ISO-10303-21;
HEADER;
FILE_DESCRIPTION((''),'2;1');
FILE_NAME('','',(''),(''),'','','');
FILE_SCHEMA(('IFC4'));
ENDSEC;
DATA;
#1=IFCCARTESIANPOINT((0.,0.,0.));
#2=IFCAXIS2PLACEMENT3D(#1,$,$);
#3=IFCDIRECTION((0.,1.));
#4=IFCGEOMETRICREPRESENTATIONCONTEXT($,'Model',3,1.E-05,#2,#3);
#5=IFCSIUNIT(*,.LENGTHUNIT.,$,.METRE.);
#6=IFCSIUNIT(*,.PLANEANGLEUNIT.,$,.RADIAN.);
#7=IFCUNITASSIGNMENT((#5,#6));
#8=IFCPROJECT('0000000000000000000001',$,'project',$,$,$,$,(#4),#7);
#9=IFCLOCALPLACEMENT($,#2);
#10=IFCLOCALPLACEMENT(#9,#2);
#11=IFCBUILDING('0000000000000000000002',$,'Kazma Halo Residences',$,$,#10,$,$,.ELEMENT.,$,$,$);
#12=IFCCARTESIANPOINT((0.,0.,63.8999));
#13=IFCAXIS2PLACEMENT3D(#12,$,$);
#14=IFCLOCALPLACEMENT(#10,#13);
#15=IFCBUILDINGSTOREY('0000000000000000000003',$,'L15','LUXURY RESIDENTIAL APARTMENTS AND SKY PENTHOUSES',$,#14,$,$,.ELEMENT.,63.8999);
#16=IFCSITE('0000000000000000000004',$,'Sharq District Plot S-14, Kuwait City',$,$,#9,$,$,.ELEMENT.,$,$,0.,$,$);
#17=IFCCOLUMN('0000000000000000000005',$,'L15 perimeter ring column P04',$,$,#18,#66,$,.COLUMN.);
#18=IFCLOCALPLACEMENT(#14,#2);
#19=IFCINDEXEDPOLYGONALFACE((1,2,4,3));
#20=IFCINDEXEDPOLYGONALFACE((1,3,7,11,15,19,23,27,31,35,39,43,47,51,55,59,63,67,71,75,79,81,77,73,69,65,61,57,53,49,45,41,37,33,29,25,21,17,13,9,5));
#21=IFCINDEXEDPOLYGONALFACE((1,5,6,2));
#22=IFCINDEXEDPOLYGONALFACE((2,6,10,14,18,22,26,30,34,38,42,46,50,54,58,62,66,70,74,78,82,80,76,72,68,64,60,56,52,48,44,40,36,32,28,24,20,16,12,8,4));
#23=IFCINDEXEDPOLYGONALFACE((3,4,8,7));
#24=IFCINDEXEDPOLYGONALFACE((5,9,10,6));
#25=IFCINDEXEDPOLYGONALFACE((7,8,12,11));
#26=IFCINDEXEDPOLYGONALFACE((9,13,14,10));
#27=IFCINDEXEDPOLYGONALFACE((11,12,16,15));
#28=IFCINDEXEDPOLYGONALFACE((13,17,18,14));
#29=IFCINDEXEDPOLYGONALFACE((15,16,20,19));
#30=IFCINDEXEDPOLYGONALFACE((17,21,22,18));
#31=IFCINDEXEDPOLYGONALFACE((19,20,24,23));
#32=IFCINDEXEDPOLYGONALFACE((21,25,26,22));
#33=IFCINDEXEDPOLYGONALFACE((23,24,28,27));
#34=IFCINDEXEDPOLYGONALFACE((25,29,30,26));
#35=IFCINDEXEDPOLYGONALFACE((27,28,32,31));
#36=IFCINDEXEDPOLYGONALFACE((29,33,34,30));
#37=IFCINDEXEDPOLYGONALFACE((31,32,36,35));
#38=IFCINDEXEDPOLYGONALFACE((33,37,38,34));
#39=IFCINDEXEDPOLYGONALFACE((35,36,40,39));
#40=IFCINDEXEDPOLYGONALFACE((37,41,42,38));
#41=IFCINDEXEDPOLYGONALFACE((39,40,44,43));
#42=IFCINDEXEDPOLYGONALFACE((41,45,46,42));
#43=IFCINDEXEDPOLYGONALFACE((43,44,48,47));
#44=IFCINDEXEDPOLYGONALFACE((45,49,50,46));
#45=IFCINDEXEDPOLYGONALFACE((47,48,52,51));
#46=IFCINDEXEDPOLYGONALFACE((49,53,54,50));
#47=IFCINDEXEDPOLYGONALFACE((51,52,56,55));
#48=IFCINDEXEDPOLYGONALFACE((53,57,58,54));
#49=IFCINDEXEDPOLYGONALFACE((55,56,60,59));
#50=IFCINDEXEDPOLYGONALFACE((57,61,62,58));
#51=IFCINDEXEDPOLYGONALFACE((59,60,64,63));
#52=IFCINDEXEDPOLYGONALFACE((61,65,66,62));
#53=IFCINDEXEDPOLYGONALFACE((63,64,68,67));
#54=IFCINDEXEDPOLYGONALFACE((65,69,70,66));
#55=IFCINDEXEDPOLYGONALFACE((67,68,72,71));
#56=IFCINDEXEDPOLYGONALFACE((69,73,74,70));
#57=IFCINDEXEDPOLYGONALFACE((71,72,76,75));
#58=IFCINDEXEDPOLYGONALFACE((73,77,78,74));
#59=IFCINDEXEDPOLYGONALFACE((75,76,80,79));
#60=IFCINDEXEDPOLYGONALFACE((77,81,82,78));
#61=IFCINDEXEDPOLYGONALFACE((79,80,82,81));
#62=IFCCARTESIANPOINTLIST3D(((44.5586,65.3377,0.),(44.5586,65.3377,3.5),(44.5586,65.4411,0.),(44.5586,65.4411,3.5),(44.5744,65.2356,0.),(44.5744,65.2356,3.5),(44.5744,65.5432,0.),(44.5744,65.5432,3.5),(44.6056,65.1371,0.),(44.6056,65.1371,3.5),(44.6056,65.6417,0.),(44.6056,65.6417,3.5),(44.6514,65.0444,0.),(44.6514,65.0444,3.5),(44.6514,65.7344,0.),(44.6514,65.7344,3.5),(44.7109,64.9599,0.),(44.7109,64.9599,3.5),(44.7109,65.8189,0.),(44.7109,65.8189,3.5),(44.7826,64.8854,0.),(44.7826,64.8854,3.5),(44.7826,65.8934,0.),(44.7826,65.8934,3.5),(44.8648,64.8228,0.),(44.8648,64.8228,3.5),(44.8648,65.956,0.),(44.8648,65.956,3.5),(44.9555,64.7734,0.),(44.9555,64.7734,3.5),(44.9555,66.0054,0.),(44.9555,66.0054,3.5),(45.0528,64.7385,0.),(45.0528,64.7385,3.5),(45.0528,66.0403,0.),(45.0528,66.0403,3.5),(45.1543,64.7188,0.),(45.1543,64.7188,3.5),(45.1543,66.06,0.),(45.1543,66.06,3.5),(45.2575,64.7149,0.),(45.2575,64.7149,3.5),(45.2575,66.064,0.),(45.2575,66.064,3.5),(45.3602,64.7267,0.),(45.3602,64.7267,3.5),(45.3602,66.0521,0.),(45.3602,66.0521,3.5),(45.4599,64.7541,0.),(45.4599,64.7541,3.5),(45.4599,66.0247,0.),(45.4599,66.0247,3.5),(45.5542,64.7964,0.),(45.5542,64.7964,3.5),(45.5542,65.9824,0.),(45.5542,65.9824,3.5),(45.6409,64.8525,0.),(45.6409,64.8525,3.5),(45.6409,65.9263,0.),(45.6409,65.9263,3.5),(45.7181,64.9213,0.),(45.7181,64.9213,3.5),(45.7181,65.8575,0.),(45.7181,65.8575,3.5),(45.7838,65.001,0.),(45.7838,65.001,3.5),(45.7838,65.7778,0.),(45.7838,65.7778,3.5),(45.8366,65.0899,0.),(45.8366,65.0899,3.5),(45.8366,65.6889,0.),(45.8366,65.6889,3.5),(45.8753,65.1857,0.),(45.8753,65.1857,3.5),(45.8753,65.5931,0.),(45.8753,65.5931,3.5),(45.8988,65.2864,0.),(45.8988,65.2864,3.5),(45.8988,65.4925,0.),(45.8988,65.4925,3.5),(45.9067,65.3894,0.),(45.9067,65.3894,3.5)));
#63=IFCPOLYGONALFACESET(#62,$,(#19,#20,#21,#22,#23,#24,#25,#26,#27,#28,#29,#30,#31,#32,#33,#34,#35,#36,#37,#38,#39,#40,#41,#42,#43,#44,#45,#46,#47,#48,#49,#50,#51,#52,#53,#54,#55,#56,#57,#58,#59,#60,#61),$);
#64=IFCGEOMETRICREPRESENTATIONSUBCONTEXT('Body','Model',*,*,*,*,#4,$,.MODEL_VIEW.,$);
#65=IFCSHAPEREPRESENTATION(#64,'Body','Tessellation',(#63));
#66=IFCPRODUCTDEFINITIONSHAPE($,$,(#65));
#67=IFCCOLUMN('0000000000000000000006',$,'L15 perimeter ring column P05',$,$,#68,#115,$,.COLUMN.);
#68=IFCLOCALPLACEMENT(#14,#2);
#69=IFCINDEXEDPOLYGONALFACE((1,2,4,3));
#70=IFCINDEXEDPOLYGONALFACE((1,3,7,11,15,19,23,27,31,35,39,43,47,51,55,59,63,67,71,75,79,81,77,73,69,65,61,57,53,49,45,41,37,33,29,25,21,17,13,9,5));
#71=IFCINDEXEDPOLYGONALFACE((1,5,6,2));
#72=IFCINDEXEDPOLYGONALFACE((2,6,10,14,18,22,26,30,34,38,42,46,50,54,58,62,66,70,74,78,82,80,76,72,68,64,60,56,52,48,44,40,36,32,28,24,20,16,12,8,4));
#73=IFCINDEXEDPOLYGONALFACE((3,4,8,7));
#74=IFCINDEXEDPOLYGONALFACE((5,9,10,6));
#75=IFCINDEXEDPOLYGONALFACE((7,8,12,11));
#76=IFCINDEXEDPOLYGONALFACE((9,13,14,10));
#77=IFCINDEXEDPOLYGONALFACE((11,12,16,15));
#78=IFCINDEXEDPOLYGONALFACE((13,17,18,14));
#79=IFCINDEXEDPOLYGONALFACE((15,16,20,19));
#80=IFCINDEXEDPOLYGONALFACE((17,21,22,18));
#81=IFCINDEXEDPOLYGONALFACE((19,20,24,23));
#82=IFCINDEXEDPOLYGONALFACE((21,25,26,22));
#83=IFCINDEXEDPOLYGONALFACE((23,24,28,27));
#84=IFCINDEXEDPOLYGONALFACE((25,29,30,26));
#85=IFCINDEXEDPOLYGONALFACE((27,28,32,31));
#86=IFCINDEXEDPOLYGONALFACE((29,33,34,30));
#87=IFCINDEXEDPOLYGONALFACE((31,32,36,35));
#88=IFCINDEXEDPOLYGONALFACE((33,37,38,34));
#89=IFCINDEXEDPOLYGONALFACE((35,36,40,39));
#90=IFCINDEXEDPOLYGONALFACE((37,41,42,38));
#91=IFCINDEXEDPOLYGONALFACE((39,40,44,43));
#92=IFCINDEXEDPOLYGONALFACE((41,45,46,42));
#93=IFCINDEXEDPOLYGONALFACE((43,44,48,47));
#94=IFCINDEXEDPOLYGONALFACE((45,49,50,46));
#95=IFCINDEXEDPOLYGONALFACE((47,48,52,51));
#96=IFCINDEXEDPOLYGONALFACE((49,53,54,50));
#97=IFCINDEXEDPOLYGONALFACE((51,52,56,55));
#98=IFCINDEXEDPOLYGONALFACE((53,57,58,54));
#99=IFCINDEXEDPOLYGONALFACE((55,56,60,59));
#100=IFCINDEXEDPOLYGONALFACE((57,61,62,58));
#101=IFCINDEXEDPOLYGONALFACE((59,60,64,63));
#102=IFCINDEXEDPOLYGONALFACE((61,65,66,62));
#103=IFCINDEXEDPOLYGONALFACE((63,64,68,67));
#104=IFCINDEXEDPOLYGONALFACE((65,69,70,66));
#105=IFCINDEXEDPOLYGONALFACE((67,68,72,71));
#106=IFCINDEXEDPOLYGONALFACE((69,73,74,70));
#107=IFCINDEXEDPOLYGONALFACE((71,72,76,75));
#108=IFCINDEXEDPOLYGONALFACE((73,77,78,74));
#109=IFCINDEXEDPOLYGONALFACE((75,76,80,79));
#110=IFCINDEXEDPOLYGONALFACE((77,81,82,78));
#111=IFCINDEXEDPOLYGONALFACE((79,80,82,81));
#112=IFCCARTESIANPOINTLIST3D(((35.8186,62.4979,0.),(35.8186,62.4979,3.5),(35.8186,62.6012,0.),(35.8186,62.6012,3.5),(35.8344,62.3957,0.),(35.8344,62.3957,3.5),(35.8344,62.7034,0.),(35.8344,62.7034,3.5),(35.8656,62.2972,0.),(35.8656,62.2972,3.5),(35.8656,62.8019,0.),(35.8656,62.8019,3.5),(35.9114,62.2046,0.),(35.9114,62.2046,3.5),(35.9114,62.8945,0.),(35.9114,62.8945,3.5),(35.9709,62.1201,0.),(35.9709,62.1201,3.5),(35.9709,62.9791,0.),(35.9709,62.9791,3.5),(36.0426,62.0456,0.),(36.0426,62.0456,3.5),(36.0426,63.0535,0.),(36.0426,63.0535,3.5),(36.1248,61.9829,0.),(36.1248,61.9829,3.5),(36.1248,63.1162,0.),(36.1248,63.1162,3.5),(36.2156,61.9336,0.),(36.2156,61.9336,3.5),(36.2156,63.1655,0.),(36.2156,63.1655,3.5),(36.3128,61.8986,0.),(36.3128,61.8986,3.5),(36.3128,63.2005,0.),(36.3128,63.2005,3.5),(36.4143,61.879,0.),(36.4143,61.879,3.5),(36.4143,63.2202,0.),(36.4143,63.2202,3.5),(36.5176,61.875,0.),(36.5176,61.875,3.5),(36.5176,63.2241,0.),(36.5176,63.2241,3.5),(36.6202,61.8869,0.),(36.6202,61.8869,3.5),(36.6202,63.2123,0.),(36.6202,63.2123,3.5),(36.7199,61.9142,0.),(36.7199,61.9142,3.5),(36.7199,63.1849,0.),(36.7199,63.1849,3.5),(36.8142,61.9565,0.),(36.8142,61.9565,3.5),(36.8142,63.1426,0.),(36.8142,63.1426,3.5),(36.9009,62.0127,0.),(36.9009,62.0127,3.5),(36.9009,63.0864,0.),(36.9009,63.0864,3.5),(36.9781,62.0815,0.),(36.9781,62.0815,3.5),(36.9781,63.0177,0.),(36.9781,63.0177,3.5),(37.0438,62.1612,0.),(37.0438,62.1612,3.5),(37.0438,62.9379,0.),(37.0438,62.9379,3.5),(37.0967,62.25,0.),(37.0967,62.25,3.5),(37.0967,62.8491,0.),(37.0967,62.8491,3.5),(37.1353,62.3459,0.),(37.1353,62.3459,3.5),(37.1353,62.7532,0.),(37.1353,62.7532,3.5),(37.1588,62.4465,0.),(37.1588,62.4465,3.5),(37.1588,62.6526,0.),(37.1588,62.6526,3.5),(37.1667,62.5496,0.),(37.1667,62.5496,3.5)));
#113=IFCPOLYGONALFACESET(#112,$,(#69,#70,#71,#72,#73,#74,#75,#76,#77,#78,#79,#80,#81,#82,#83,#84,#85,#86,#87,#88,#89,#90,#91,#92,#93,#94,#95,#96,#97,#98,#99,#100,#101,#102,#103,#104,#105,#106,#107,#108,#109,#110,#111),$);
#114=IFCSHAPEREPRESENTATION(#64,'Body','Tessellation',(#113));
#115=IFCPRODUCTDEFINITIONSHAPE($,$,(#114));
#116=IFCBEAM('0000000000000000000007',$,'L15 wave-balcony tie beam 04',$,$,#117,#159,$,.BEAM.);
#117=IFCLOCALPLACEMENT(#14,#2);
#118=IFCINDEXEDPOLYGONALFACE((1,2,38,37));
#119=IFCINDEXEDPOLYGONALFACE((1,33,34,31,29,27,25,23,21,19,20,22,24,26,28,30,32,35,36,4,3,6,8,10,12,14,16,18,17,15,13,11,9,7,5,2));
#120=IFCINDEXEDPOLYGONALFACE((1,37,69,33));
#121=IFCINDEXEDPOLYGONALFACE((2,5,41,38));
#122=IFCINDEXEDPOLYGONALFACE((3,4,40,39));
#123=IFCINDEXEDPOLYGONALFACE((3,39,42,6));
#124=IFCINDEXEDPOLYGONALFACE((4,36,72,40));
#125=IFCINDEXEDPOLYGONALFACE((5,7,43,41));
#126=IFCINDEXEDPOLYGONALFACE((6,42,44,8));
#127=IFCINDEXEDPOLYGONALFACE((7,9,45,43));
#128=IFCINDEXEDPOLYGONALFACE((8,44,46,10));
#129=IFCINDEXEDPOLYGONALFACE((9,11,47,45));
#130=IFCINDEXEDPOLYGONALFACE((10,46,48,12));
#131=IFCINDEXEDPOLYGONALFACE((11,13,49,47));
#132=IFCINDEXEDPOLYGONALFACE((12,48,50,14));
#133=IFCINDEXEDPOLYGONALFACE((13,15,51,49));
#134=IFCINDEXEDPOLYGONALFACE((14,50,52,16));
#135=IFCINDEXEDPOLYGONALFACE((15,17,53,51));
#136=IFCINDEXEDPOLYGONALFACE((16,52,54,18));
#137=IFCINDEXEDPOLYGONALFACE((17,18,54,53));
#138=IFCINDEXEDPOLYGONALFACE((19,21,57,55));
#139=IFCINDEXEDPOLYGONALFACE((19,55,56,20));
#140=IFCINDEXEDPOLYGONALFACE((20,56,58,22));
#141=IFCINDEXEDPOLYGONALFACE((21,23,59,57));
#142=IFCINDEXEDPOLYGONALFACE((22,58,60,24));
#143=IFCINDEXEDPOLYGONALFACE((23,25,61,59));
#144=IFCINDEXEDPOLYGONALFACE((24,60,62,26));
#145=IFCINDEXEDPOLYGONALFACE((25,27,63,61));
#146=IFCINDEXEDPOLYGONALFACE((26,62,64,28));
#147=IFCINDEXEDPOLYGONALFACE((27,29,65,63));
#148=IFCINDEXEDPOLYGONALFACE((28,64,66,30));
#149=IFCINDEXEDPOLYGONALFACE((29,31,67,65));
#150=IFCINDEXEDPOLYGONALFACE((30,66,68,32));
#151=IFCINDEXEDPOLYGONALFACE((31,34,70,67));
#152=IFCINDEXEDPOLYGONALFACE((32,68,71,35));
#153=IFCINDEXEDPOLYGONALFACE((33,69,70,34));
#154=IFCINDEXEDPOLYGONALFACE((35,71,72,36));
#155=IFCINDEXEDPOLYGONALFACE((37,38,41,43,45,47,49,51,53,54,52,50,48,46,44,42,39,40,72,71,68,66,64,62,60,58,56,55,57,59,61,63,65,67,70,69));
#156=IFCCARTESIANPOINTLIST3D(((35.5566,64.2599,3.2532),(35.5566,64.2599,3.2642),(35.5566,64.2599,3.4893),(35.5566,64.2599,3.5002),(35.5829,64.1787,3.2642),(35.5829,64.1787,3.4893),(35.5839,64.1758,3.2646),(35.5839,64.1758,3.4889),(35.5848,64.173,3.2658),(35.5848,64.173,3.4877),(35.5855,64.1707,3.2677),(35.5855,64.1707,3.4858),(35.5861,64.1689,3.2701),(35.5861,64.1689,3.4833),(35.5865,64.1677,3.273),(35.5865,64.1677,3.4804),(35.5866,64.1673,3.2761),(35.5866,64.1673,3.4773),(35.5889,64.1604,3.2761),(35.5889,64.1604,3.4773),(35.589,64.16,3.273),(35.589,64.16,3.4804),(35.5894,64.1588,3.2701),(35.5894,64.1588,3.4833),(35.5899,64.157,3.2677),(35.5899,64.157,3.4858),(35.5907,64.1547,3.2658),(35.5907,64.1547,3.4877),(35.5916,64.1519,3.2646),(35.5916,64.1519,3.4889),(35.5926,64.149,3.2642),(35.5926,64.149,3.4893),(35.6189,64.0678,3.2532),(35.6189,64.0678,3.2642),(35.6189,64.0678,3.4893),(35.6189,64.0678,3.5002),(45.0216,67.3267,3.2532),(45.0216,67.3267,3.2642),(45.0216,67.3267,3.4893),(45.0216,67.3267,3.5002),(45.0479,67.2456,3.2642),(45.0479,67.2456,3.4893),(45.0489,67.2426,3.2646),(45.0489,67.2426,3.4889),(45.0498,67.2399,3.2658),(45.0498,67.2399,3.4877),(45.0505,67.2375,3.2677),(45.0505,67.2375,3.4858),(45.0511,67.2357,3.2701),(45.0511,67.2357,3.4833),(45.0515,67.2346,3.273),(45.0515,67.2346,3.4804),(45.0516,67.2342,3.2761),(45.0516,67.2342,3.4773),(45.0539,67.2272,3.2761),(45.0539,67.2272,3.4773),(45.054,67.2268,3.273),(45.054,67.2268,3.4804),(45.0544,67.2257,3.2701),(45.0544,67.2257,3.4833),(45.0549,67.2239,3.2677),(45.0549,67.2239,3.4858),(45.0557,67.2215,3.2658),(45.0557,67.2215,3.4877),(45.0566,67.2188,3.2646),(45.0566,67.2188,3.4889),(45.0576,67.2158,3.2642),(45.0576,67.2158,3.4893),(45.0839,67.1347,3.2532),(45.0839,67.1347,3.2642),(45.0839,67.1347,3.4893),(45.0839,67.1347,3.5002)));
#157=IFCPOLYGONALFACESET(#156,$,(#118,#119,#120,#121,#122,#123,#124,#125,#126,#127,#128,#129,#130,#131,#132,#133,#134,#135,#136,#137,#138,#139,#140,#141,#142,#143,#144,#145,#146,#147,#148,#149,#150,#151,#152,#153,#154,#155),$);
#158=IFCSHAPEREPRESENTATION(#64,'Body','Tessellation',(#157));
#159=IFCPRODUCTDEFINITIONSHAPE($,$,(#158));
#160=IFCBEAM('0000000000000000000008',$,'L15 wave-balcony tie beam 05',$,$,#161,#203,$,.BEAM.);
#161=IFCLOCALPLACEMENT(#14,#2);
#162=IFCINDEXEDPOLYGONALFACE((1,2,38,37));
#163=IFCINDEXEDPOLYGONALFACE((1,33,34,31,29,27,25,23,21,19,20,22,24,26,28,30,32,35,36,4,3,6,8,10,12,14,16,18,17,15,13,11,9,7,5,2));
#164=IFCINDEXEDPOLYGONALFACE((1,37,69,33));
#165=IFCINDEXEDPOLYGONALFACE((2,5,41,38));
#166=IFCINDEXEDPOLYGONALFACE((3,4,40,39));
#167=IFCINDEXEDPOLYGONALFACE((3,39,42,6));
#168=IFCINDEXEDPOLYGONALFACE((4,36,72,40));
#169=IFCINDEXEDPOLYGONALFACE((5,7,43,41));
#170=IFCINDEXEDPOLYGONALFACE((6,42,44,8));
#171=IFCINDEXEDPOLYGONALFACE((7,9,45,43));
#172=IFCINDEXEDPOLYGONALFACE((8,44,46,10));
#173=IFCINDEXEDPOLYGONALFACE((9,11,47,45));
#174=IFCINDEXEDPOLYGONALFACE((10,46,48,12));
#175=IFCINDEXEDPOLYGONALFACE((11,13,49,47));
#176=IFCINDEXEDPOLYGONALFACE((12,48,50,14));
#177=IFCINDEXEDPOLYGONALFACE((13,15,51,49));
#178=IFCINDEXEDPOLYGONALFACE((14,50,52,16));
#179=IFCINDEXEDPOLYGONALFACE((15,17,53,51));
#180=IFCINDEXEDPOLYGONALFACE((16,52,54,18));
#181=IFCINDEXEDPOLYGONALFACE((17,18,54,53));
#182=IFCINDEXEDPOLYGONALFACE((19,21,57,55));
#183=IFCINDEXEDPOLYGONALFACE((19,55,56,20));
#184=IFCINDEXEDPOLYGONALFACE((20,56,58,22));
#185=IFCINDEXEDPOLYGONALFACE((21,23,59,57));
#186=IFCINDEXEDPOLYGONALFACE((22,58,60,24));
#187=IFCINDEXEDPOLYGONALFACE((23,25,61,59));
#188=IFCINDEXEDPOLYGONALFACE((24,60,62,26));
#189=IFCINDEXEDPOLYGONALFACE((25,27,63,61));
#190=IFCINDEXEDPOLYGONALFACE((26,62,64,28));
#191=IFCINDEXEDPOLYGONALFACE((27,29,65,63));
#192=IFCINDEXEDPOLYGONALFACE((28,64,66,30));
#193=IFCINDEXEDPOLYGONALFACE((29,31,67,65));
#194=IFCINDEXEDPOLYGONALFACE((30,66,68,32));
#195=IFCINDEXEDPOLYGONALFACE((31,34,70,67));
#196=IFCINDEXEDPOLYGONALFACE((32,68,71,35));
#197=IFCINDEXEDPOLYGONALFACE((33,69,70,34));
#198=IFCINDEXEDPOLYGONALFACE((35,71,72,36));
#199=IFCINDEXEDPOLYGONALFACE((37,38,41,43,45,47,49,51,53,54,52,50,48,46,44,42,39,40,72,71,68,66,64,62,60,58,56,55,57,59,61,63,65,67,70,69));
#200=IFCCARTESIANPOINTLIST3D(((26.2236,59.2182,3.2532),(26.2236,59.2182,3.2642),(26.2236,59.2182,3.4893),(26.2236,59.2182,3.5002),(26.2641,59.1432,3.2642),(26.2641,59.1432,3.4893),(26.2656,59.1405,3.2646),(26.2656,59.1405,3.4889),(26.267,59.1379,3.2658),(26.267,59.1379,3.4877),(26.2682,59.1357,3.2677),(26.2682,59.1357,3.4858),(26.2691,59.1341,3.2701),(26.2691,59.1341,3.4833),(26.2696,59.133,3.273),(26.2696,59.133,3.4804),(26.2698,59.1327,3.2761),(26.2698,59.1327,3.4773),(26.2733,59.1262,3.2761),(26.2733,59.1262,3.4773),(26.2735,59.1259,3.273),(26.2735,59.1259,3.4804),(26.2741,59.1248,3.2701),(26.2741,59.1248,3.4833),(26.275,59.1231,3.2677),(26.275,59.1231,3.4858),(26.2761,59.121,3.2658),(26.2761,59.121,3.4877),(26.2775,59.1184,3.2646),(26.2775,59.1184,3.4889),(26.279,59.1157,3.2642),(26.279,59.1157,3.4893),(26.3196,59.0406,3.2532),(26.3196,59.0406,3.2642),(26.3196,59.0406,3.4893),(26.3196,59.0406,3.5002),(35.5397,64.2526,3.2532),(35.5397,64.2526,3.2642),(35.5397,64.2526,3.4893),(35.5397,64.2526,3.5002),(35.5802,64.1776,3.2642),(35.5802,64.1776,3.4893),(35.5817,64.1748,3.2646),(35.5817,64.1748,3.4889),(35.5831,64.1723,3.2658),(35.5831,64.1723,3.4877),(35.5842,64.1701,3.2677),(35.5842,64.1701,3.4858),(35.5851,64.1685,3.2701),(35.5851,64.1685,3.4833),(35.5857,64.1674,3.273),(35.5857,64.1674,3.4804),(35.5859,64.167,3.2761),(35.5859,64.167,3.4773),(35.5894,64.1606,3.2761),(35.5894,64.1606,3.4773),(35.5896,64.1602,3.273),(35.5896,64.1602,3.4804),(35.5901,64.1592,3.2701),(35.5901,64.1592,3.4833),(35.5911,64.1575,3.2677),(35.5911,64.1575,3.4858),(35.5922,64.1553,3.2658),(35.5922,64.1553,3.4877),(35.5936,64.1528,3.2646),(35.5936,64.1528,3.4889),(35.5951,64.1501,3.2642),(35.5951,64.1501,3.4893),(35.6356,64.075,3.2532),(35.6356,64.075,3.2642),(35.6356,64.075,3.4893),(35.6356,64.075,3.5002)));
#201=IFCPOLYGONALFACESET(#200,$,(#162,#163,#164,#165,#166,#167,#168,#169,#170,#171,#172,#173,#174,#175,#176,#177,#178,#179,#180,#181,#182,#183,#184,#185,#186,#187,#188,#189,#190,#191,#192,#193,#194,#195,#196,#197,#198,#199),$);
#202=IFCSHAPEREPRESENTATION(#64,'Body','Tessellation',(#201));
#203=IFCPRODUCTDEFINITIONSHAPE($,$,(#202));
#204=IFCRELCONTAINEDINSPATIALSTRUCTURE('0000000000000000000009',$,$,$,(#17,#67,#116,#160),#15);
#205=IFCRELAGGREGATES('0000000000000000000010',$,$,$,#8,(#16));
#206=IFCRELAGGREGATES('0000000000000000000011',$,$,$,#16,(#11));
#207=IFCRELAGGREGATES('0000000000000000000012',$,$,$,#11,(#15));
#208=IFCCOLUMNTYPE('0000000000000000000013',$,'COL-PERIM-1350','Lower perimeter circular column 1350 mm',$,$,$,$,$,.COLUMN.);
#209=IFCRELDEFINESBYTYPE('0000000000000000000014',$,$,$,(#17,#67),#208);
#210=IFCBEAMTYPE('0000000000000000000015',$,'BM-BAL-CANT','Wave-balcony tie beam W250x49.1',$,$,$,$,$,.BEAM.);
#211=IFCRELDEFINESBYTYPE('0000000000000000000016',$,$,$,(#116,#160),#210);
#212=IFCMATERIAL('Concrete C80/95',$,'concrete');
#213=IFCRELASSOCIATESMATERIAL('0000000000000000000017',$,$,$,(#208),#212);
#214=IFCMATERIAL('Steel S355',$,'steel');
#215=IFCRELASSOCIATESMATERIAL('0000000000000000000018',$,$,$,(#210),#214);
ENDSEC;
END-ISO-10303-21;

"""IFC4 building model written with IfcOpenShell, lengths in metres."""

from ifc_helpers import new_model, si_unit, direction, frame, origin, origin_2d, place, context, subcontext, project, spatial, circle, i_section, extrude, material, material_profile, profile_set, type_object, element, save


model = new_model("IFC4")

# Units and contexts
model_context = context("Model", 3, precision=1e-05, world=origin(), true_north=direction((0.0, 1.0)))
body_context = subcontext(model_context, "Body", "Model", "MODEL_VIEW")
ifc_project = project(units=[si_unit("LENGTHUNIT", "METRE"), si_unit("PLANEANGLEUNIT", "RADIAN")], contexts=[model_context])

# Site, building, storey
site_placement = place(None, origin())
site = spatial("IfcSite", under=ifc_project, at=site_placement, Name="Sharq District Plot S-14, Kuwait City", CompositionType="ELEMENT", RefElevation=0.0)
building_placement = place(site_placement, origin())
building = spatial("IfcBuilding", under=site, at=building_placement, Name="Kazma Halo Residences", CompositionType="ELEMENT")
storey_placement = place(building_placement, frame((0.0, 0.0, 63.8999)))
storey = spatial("IfcBuildingStorey", under=building, at=storey_placement, Name="L15", Description="LUXURY RESIDENTIAL APARTMENTS AND SKY PENTHOUSES", CompositionType="ELEMENT", Elevation=63.8999)

# Columns
ifc_material_1 = material(Name="Concrete C80/95", Category="concrete")
ifc_material_profile_1 = material_profile(ifc_material_1, circle(Radius=0.675, at=origin_2d()), Name="CIRC1350")
ifc_profile_set_1 = profile_set([ifc_material_profile_1], Name="Concrete C80/95")
column_type = type_object("IfcColumnType", Name="COL-PERIM-1350", Description="Lower perimeter circular column 1350 mm", PredefinedType="COLUMN", material=ifc_profile_set_1)
for number, where, z_axis, x_axis, name in (
    (1, (45.2317, 65.3894, 0.0), (0.0, 0.0, 1.0), (1.0, 0.0, 0.0), "L15 perimeter ring column P04"),
    (2, (36.4917, 62.5496, 0.0), (0.0, 0.0, 1.0), (1.0, 0.0, 0.0), "L15 perimeter ring column P05"),
):
    element("IfcColumn", number, at=place(storey_placement, frame(where, z_axis=z_axis, x_axis=x_axis)), inside=storey, type_object=column_type, Name=name, PredefinedType="COLUMN", context=body_context, shape_type="SweptSolid", body=[
        extrude(circle(Radius=0.675, at=origin_2d()), origin(), (0.0, 0.0, 1.0), 3.5),
    ])

# Beams
ifc_material_2 = material(Name="Steel S355", Category="steel")
ifc_material_profile_2 = material_profile(ifc_material_2, i_section(OverallWidth=0.2019, OverallDepth=0.2471, WebThickness=0.0073, FlangeThickness=0.011, FilletRadius=0.012, at=origin_2d()), Name="W250x49.1")
ifc_profile_set_2 = profile_set([ifc_material_profile_2], Name="Steel S355")
beam_type_1 = type_object("IfcBeamType", Name="BM-BAL-CANT", Description="Wave-balcony tie beam W250x49.1", PredefinedType="BEAM", material=ifc_profile_set_2)
beam_1_placement = place(storey_placement, frame((45.0527, 67.2307, 3.3767), z_axis=(-0.951307, -0.308244, 0.0), x_axis=(0.308244, -0.951307, 0.0)))
element("IfcBeam", 3, at=beam_1_placement, inside=storey, type_object=beam_type_1, Name="L15 wave-balcony tie beam 04", PredefinedType="BEAM", context=body_context, shape_type="SweptSolid", body=[
    extrude(i_section(OverallWidth=0.2019, OverallDepth=0.2471, WebThickness=0.0073, FlangeThickness=0.011, FilletRadius=0.012, at=origin_2d()), origin(), (0.0, 0.0, 1.0), 9.9495),
])
beam_2_placement = place(storey_placement, frame((35.5876, 64.1638, 3.3767), z_axis=(-0.879759, -0.475419, 0.0), x_axis=(0.475419, -0.879759, 0.0)))
element("IfcBeam", 4, at=beam_2_placement, inside=storey, type_object=beam_type_1, Name="L15 wave-balcony tie beam 05", PredefinedType="BEAM", context=body_context, shape_type="SweptSolid", body=[
    extrude(i_section(OverallWidth=0.2019, OverallDepth=0.2471, WebThickness=0.0073, FlangeThickness=0.011, FilletRadius=0.012, at=origin_2d()), origin(), (0.0, 0.0, 1.0), 10.5894),
])

save(model, "model.ifc")
